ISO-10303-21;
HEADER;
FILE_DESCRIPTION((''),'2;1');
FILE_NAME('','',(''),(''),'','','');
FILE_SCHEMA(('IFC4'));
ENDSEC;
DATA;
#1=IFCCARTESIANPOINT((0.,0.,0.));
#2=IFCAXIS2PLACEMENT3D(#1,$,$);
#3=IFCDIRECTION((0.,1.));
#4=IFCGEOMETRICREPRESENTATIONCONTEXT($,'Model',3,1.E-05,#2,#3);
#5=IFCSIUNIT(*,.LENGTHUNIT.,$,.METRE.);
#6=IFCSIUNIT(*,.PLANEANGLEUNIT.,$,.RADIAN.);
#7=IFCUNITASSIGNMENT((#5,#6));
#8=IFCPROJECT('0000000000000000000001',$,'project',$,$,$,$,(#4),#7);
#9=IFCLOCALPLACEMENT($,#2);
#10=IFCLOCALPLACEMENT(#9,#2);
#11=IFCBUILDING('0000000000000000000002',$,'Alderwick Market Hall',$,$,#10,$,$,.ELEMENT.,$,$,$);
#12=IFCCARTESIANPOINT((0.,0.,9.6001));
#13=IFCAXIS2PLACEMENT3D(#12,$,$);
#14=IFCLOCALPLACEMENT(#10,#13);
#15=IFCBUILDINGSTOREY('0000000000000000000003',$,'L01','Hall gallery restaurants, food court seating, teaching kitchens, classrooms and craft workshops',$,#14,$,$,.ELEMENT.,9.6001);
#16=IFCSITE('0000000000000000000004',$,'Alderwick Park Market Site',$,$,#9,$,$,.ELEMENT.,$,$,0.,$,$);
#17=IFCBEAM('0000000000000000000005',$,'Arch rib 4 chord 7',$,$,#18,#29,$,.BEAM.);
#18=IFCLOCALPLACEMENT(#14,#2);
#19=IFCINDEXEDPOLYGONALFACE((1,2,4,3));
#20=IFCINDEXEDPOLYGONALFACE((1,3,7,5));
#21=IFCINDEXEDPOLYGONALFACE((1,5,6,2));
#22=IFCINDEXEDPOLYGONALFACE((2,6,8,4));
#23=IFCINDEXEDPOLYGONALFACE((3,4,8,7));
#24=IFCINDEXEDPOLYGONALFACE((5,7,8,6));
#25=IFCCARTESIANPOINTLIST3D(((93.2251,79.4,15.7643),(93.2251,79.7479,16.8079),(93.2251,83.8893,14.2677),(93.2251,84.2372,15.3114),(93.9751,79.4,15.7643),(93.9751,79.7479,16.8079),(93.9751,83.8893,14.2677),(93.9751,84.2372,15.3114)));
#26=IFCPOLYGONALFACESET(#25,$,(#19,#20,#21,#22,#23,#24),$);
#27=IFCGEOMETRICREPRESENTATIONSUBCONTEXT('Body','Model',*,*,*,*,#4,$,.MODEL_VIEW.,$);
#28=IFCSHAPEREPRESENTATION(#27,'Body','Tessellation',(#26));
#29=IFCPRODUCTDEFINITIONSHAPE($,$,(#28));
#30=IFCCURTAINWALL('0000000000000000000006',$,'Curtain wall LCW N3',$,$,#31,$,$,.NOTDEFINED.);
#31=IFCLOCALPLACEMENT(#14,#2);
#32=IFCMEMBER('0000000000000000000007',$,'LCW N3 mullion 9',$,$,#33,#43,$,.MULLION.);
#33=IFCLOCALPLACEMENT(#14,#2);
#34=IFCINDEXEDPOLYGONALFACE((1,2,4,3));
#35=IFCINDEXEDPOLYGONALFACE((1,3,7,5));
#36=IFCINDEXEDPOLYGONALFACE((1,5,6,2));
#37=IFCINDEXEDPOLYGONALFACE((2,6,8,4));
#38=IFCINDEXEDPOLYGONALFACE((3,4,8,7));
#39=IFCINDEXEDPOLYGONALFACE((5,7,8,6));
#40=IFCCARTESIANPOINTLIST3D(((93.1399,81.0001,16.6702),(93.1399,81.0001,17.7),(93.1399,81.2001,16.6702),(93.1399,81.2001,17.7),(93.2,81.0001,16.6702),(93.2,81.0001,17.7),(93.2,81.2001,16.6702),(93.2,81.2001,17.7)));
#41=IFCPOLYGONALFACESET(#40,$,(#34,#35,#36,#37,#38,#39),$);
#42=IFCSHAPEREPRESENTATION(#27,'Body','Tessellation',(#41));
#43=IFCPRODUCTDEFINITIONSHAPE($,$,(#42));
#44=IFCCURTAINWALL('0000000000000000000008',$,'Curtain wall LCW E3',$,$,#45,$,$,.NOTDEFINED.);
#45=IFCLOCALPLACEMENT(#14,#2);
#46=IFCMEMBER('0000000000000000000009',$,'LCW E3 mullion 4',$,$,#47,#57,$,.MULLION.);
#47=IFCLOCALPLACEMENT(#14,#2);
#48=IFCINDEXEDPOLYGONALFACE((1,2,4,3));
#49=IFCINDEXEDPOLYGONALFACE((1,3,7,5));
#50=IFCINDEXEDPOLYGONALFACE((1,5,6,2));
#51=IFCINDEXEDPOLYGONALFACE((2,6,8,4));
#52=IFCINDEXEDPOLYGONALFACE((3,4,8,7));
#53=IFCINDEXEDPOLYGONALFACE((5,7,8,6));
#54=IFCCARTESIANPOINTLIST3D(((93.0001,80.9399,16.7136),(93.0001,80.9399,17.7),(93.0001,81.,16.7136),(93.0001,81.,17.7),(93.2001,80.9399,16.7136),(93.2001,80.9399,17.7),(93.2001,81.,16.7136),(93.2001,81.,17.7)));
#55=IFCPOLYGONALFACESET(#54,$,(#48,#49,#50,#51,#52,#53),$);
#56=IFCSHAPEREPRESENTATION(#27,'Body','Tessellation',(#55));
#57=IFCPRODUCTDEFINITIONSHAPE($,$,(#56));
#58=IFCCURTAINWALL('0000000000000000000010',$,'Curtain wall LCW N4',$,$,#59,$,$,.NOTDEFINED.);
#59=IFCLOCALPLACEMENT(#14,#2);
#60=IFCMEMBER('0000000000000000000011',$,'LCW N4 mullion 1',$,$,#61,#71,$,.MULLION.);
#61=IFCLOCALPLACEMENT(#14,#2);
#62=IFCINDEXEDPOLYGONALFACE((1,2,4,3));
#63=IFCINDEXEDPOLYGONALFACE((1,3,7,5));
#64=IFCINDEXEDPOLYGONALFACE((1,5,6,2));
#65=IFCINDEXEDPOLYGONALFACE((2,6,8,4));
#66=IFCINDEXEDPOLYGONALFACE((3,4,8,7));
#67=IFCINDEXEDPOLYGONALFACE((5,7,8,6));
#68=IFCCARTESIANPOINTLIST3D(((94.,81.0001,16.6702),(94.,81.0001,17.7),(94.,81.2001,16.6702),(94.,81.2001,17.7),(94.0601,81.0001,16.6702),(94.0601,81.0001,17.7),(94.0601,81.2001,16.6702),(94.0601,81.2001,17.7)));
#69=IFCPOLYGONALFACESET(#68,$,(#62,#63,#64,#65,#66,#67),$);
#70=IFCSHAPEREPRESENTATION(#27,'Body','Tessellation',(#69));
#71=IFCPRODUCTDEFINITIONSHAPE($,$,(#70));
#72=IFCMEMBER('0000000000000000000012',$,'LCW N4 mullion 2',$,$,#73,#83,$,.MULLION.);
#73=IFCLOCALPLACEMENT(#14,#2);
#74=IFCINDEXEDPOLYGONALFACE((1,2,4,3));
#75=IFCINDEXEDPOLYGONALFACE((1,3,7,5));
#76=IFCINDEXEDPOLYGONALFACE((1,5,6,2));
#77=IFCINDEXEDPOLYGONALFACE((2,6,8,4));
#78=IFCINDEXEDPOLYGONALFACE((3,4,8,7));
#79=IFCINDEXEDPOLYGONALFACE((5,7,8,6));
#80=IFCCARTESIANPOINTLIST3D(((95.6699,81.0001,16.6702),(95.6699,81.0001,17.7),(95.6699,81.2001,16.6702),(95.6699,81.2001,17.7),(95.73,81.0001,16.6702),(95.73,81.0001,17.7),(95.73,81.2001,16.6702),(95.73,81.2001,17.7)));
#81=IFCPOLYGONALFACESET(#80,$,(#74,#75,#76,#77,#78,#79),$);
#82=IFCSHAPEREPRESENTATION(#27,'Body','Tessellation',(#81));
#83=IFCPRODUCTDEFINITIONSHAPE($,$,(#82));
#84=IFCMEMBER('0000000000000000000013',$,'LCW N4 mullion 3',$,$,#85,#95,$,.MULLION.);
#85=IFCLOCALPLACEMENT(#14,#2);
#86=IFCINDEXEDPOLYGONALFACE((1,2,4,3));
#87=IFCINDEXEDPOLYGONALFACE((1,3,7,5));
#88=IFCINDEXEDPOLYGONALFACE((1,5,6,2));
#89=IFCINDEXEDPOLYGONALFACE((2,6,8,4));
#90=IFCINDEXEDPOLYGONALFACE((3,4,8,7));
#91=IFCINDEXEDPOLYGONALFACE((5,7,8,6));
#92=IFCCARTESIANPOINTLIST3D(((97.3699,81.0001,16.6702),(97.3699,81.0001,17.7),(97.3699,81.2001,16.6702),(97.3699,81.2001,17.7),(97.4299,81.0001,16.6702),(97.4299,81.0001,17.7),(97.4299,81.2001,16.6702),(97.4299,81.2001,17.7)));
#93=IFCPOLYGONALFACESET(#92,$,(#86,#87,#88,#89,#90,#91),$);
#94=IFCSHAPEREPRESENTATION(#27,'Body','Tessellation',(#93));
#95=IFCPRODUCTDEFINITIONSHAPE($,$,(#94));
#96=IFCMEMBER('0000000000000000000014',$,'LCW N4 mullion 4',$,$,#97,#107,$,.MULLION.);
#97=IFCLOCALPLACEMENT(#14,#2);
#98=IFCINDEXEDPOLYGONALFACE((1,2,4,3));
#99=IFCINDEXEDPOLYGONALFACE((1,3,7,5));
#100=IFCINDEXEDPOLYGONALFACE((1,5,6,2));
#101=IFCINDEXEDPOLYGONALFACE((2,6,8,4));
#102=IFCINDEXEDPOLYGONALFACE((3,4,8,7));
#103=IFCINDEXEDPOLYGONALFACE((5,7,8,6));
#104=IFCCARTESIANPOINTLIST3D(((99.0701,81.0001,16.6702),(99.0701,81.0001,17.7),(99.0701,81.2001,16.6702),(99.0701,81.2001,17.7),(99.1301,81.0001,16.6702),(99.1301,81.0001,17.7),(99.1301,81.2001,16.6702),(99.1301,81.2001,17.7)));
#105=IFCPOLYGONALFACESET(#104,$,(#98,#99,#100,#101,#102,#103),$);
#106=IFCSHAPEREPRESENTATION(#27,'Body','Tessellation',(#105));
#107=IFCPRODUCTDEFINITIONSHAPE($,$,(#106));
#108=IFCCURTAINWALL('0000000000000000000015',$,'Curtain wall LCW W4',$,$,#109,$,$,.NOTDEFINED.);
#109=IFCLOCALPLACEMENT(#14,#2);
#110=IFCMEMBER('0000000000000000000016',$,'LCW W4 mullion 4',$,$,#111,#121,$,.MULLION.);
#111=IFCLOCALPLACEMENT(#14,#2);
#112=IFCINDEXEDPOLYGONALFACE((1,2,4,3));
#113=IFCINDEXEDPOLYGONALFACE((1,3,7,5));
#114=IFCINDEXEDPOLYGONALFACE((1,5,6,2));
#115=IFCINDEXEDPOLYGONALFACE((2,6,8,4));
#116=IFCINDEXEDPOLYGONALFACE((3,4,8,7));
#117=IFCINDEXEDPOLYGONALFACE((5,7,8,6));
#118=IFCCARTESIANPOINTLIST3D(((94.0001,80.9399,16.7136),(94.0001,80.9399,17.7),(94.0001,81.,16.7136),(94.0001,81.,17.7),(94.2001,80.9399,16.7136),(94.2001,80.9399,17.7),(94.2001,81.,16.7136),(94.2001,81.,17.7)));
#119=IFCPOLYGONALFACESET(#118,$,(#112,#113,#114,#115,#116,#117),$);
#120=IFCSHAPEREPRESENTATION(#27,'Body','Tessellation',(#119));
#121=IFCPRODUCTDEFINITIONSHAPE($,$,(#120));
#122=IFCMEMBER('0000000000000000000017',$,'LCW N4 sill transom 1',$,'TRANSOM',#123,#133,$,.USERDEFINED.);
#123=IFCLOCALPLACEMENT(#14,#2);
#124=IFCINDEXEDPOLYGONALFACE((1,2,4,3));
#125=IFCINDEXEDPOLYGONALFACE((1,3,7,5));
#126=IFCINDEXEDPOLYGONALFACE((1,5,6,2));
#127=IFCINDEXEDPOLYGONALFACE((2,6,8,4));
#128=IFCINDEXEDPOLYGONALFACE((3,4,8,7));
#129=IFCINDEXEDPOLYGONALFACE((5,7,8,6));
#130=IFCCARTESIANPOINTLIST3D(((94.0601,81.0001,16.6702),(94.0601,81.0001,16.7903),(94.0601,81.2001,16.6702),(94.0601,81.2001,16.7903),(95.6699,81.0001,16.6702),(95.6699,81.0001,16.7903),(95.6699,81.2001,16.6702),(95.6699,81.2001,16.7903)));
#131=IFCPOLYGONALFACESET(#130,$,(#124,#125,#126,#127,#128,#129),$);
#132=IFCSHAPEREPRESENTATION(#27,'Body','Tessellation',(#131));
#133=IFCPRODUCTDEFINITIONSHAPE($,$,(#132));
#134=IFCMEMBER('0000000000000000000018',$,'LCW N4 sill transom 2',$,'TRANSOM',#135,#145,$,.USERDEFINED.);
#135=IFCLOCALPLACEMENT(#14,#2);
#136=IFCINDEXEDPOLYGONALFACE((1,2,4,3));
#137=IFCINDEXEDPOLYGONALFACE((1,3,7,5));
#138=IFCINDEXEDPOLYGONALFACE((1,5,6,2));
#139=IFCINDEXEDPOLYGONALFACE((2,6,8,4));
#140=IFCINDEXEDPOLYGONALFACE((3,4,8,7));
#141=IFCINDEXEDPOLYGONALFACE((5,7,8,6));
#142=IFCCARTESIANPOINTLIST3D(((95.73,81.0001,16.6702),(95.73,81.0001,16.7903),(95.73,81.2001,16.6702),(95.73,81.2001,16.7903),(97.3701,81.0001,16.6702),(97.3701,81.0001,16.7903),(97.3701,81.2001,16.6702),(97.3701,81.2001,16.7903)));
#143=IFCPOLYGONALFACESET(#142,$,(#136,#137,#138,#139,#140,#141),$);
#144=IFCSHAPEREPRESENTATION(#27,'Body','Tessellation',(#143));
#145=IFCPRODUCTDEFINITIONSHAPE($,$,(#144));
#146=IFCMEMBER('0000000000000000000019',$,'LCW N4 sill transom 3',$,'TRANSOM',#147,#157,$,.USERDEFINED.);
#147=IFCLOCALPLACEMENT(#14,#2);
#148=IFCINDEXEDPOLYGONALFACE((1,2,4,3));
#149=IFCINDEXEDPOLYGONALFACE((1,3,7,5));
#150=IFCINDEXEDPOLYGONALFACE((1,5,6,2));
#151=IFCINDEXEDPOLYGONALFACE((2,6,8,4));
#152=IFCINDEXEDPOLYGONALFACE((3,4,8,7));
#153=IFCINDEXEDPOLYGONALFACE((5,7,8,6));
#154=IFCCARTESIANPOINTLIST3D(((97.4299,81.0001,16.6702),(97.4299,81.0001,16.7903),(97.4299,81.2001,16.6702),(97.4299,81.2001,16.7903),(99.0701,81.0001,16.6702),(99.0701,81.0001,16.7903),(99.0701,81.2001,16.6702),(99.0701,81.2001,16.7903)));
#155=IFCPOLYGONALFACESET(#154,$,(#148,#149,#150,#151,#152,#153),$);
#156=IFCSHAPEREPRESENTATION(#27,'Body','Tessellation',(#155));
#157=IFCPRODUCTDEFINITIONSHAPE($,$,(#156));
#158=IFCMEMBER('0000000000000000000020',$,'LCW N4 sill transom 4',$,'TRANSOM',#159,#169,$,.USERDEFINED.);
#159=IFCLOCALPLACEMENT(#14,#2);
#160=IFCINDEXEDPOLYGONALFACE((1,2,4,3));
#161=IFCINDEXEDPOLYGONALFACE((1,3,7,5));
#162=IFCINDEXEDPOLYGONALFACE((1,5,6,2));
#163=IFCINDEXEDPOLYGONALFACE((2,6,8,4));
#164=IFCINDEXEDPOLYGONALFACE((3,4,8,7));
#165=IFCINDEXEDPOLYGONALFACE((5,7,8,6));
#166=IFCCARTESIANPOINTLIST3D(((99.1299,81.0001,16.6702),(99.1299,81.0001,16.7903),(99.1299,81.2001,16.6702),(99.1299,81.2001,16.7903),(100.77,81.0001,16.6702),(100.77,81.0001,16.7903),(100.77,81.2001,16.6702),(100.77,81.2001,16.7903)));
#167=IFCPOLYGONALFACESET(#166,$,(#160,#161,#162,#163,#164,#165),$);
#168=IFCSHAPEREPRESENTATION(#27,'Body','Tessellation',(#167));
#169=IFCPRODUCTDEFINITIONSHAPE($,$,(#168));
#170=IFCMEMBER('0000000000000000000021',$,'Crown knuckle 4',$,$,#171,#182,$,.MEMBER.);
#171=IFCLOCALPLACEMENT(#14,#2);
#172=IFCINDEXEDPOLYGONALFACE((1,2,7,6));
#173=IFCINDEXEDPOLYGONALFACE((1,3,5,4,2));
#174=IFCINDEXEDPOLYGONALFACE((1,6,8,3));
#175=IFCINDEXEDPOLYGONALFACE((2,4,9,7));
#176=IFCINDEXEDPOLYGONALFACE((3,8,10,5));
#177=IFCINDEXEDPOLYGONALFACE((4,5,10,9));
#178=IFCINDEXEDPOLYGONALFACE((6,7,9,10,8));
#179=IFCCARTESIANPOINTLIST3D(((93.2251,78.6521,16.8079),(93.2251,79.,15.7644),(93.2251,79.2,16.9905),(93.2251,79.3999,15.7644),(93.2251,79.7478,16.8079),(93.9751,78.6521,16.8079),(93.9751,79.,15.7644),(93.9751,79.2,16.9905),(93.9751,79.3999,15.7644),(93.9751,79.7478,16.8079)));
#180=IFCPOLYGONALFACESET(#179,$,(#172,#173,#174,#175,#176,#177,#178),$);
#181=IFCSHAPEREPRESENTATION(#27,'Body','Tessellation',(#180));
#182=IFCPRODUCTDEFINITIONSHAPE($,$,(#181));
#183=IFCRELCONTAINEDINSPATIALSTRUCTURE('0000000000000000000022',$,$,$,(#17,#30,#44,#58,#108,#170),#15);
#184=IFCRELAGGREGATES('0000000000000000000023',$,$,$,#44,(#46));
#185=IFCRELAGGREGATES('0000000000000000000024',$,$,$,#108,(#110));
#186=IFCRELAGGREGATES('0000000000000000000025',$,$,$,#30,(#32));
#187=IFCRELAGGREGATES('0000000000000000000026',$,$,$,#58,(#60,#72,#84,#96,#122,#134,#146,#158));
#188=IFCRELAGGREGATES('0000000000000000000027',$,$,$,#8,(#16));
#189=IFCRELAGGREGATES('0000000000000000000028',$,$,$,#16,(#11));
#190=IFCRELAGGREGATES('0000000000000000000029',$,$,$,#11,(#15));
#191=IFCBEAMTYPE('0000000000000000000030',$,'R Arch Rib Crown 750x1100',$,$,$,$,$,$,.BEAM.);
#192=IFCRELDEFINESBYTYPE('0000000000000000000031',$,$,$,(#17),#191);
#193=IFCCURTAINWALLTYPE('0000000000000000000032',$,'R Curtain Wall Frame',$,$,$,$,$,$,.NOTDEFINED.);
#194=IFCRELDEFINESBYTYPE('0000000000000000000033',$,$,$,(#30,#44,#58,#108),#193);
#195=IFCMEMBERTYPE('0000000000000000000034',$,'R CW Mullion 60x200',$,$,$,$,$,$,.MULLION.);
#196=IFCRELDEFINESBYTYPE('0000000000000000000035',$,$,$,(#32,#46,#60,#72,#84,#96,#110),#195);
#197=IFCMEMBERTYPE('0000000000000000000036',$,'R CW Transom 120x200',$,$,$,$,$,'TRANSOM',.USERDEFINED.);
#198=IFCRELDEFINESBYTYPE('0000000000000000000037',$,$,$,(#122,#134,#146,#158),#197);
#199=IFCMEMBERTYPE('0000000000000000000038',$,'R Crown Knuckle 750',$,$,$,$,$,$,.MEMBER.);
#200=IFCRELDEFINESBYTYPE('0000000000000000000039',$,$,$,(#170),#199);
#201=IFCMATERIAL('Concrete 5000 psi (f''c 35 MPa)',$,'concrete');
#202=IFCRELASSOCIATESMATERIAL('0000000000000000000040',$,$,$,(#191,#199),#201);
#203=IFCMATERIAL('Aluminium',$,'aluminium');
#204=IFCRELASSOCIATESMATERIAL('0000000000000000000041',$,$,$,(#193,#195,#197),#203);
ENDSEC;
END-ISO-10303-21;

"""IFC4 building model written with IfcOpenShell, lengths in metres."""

from ifc_helpers import new_model, si_unit, direction, frame, origin, origin_2d, place, context, subcontext, project, spatial, polyline, rectangle, outline, extrude, material, material_profile, profile_set, type_object, element, aggregate, save


model = new_model("IFC4")

# Units and contexts
model_context = context("Model", 3, precision=1e-05, world=origin(), true_north=direction((0.0, 1.0)))
body_context = subcontext(model_context, "Body", "Model", "MODEL_VIEW")
ifc_project = project(units=[si_unit("LENGTHUNIT", "METRE"), si_unit("PLANEANGLEUNIT", "RADIAN")], contexts=[model_context])

# Site, building, storey
site_placement = place(None, origin())
site = spatial("IfcSite", under=ifc_project, at=site_placement, Name="Alderwick Park Market Site", CompositionType="ELEMENT", RefElevation=0.0)
building_placement = place(site_placement, origin())
building = spatial("IfcBuilding", under=site, at=building_placement, Name="Alderwick Market Hall", CompositionType="ELEMENT")
storey_placement = place(building_placement, frame((0.0, 0.0, 9.6001)))
storey = spatial("IfcBuildingStorey", under=building, at=storey_placement, Name="L01", Description="Hall gallery restaurants, food court seating, teaching kitchens, classrooms and craft workshops", CompositionType="ELEMENT", Elevation=9.6001)

# Beam
ifc_material_1 = material(Name="Concrete 5000 psi (f'c 35 MPa)", Category="concrete")
ifc_material_profile_1 = material_profile(ifc_material_1, rectangle(XDim=0.75, YDim=1.1001, at=origin_2d()), Name="RC 750x1100")
ifc_profile_set_1 = profile_set([ifc_material_profile_1], Name="Concrete 5000 psi (f'c 35 MPa)")
beam_type = type_object("IfcBeamType", Name="R Arch Rib Crown 750x1100", PredefinedType="BEAM", material=ifc_profile_set_1)
beam_placement = place(storey_placement, frame((93.6001, 79.574, 16.2861), z_axis=(0.0, 0.948673, -0.316259), x_axis=(-1.0, 0.0, 0.0)))
element("IfcBeam", 1, at=beam_placement, inside=storey, type_object=beam_type, Name="Arch rib 4 chord 7", PredefinedType="BEAM", context=body_context, shape_type="SweptSolid", body=[
    extrude(rectangle(XDim=0.75, YDim=1.1001, at=origin_2d()), origin(), (0.0, 0.0, 1.0), 4.7322),
])

# Curtain walls, members
ifc_material_2 = material(Name="Aluminium", Category="aluminium")
curtain_wall_type = type_object("IfcCurtainWallType", Name="R Curtain Wall Frame", PredefinedType="NOTDEFINED", material=ifc_material_2)
curtain_wall_1_placement = place(storey_placement, origin())
curtain_wall_1 = element("IfcCurtainWall", 2, at=curtain_wall_1_placement, inside=storey, type_object=curtain_wall_type, Name="Curtain wall LCW N3", PredefinedType="NOTDEFINED")
ifc_material_profile_2 = material_profile(ifc_material_2, rectangle(XDim=0.2, YDim=0.0601, at=origin_2d()), Name="AL 60x200")
ifc_profile_set_2 = profile_set([ifc_material_profile_2], Name="Aluminium")
member_type_1 = type_object("IfcMemberType", Name="R CW Mullion 60x200", PredefinedType="MULLION", material=ifc_profile_set_2)
member_1_placement = place(storey_placement, frame((93.1699, 81.1001, 16.6702), z_axis=(0.0, 0.0, 1.0), x_axis=(0.0, 1.0, 0.0)))
member_1 = element("IfcMember", 3, at=member_1_placement, type_object=member_type_1, Name="LCW N3 mullion 9", PredefinedType="MULLION", context=body_context, shape_type="SweptSolid", body=[
    extrude(rectangle(XDim=0.2, YDim=0.0601, at=origin_2d()), origin(), (0.0, 0.0, 1.0), 1.0298),
])
curtain_wall_2_placement = place(storey_placement, origin())
curtain_wall_2 = element("IfcCurtainWall", 4, at=curtain_wall_2_placement, inside=storey, type_object=curtain_wall_type, Name="Curtain wall LCW E3", PredefinedType="NOTDEFINED")
member_2_placement = place(storey_placement, frame((93.1001, 80.97, 16.7136), z_axis=(0.0, 0.0, 1.0), x_axis=(1.0, 0.0, 0.0)))
member_2 = element("IfcMember", 5, at=member_2_placement, type_object=member_type_1, Name="LCW E3 mullion 4", PredefinedType="MULLION", context=body_context, shape_type="SweptSolid", body=[
    extrude(rectangle(XDim=0.2, YDim=0.0601, at=origin_2d()), origin(), (0.0, 0.0, 1.0), 0.9863),
])
aggregate(curtain_wall_2, [member_2])

# Curtain wall, members
curtain_wall_3_placement = place(storey_placement, origin())
curtain_wall_3 = element("IfcCurtainWall", 6, at=curtain_wall_3_placement, inside=storey, type_object=curtain_wall_type, Name="Curtain wall LCW N4", PredefinedType="NOTDEFINED")
member_3_placement = place(storey_placement, frame((94.03, 81.1001, 16.6702), z_axis=(0.0, 0.0, 1.0), x_axis=(0.0, 1.0, 0.0)))
member_3 = element("IfcMember", 7, at=member_3_placement, type_object=member_type_1, Name="LCW N4 mullion 1", PredefinedType="MULLION", context=body_context, shape_type="SweptSolid", body=[
    extrude(rectangle(XDim=0.2, YDim=0.0601, at=origin_2d()), origin(), (0.0, 0.0, 1.0), 1.0298),
])
member_4_placement = place(storey_placement, frame((95.7, 81.1001, 16.6702), z_axis=(0.0, 0.0, 1.0), x_axis=(0.0, 1.0, 0.0)))
member_4 = element("IfcMember", 8, at=member_4_placement, type_object=member_type_1, Name="LCW N4 mullion 2", PredefinedType="MULLION", context=body_context, shape_type="SweptSolid", body=[
    extrude(rectangle(XDim=0.2, YDim=0.0601, at=origin_2d()), origin(), (0.0, 0.0, 1.0), 1.0298),
])
member_5_placement = place(storey_placement, frame((97.3999, 81.1001, 16.6702), z_axis=(0.0, 0.0, 1.0), x_axis=(0.0, 1.0, 0.0)))
member_5 = element("IfcMember", 9, at=member_5_placement, type_object=member_type_1, Name="LCW N4 mullion 3", PredefinedType="MULLION", context=body_context, shape_type="SweptSolid", body=[
    extrude(rectangle(XDim=0.2, YDim=0.0601, at=origin_2d()), origin(), (0.0, 0.0, 1.0), 1.0298),
])
member_6_placement = place(storey_placement, frame((99.1001, 81.1001, 16.6702), z_axis=(0.0, 0.0, 1.0), x_axis=(0.0, 1.0, 0.0)))
member_6 = element("IfcMember", 10, at=member_6_placement, type_object=member_type_1, Name="LCW N4 mullion 4", PredefinedType="MULLION", context=body_context, shape_type="SweptSolid", body=[
    extrude(rectangle(XDim=0.2, YDim=0.0601, at=origin_2d()), origin(), (0.0, 0.0, 1.0), 1.0298),
])

# Curtain wall, member
curtain_wall_4_placement = place(storey_placement, origin())
curtain_wall_4 = element("IfcCurtainWall", 11, at=curtain_wall_4_placement, inside=storey, type_object=curtain_wall_type, Name="Curtain wall LCW W4", PredefinedType="NOTDEFINED")
member_7_placement = place(storey_placement, frame((94.1001, 80.97, 16.7136), z_axis=(0.0, 0.0, 1.0), x_axis=(1.0, 0.0, 0.0)))
member_7 = element("IfcMember", 12, at=member_7_placement, type_object=member_type_1, Name="LCW W4 mullion 4", PredefinedType="MULLION", context=body_context, shape_type="SweptSolid", body=[
    extrude(rectangle(XDim=0.2, YDim=0.0601, at=origin_2d()), origin(), (0.0, 0.0, 1.0), 0.9863),
])
aggregate(curtain_wall_4, [member_7])

# Members
ifc_material_profile_3 = material_profile(ifc_material_2, rectangle(XDim=0.2, YDim=0.1201, at=origin_2d()), Name="AL 120x200")
ifc_profile_set_3 = profile_set([ifc_material_profile_3], Name="Aluminium")
member_type_2 = type_object("IfcMemberType", Name="R CW Transom 120x200", ElementType="TRANSOM", PredefinedType="USERDEFINED", material=ifc_profile_set_3)
member_8_placement = place(storey_placement, frame((94.0601, 81.1001, 16.7302), z_axis=(1.0, 0.0, 0.0), x_axis=(0.0, 1.0, 0.0)))
member_8 = element("IfcMember", 13, at=member_8_placement, type_object=member_type_2, Name="LCW N4 sill transom 1", ObjectType="TRANSOM", PredefinedType="USERDEFINED", context=body_context, shape_type="SweptSolid", body=[
    extrude(rectangle(XDim=0.2, YDim=0.1201, at=origin_2d()), origin(), (0.0, 0.0, 1.0), 1.6099),
])
member_9_placement = place(storey_placement, frame((95.73, 81.1001, 16.7302), z_axis=(1.0, 0.0, 0.0), x_axis=(0.0, 1.0, 0.0)))
member_9 = element("IfcMember", 14, at=member_9_placement, type_object=member_type_2, Name="LCW N4 sill transom 2", ObjectType="TRANSOM", PredefinedType="USERDEFINED", context=body_context, shape_type="SweptSolid", body=[
    extrude(rectangle(XDim=0.2, YDim=0.1201, at=origin_2d()), origin(), (0.0, 0.0, 1.0), 1.6401),
])
member_10_placement = place(storey_placement, frame((97.4299, 81.1001, 16.7302), z_axis=(1.0, 0.0, 0.0), x_axis=(0.0, 1.0, 0.0)))
member_10 = element("IfcMember", 15, at=member_10_placement, type_object=member_type_2, Name="LCW N4 sill transom 3", ObjectType="TRANSOM", PredefinedType="USERDEFINED", context=body_context, shape_type="SweptSolid", body=[
    extrude(rectangle(XDim=0.2, YDim=0.1201, at=origin_2d()), origin(), (0.0, 0.0, 1.0), 1.6401),
])
member_11_placement = place(storey_placement, frame((99.1299, 81.1001, 16.7302), z_axis=(1.0, 0.0, 0.0), x_axis=(0.0, 1.0, 0.0)))
member_11 = element("IfcMember", 16, at=member_11_placement, type_object=member_type_2, Name="LCW N4 sill transom 4", ObjectType="TRANSOM", PredefinedType="USERDEFINED", context=body_context, shape_type="SweptSolid", body=[
    extrude(rectangle(XDim=0.2, YDim=0.1201, at=origin_2d()), origin(), (0.0, 0.0, 1.0), 1.6401),
])

# Member
ifc_material_profile_4 = material_profile(ifc_material_1, outline(polyline([(-0.2, 0.0), (-0.5479, 1.0435), (0.0, 1.2261), (0.5479, 1.0435), (0.2, 0.0), (-0.2, 0.0)])), Name="RC crown knuckle")
ifc_profile_set_4 = profile_set([ifc_material_profile_4], Name="Concrete 5000 psi (f'c 35 MPa)")
member_type_3 = type_object("IfcMemberType", Name="R Crown Knuckle 750", PredefinedType="MEMBER", material=ifc_profile_set_4)
member_12_placement = place(storey_placement, frame((93.2251, 79.2, 15.7644), z_axis=(1.0, 0.0, 0.0), x_axis=(0.0, 1.0, 0.0)))
element("IfcMember", 17, at=member_12_placement, inside=storey, type_object=member_type_3, Name="Crown knuckle 4", PredefinedType="MEMBER", context=body_context, shape_type="SweptSolid", body=[
    extrude(outline(polyline([(-0.2, 0.0), (-0.5479, 1.0435), (0.0, 1.2261), (0.5479, 1.0435), (0.2, 0.0), (-0.2, 0.0)])), origin(), (0.0, 0.0, 1.0), 0.75),
])

aggregate(curtain_wall_1, [member_1])
aggregate(curtain_wall_3, [member_3, member_4, member_5, member_6, member_8, member_9, member_10, member_11])

save(model, "model.ifc")
